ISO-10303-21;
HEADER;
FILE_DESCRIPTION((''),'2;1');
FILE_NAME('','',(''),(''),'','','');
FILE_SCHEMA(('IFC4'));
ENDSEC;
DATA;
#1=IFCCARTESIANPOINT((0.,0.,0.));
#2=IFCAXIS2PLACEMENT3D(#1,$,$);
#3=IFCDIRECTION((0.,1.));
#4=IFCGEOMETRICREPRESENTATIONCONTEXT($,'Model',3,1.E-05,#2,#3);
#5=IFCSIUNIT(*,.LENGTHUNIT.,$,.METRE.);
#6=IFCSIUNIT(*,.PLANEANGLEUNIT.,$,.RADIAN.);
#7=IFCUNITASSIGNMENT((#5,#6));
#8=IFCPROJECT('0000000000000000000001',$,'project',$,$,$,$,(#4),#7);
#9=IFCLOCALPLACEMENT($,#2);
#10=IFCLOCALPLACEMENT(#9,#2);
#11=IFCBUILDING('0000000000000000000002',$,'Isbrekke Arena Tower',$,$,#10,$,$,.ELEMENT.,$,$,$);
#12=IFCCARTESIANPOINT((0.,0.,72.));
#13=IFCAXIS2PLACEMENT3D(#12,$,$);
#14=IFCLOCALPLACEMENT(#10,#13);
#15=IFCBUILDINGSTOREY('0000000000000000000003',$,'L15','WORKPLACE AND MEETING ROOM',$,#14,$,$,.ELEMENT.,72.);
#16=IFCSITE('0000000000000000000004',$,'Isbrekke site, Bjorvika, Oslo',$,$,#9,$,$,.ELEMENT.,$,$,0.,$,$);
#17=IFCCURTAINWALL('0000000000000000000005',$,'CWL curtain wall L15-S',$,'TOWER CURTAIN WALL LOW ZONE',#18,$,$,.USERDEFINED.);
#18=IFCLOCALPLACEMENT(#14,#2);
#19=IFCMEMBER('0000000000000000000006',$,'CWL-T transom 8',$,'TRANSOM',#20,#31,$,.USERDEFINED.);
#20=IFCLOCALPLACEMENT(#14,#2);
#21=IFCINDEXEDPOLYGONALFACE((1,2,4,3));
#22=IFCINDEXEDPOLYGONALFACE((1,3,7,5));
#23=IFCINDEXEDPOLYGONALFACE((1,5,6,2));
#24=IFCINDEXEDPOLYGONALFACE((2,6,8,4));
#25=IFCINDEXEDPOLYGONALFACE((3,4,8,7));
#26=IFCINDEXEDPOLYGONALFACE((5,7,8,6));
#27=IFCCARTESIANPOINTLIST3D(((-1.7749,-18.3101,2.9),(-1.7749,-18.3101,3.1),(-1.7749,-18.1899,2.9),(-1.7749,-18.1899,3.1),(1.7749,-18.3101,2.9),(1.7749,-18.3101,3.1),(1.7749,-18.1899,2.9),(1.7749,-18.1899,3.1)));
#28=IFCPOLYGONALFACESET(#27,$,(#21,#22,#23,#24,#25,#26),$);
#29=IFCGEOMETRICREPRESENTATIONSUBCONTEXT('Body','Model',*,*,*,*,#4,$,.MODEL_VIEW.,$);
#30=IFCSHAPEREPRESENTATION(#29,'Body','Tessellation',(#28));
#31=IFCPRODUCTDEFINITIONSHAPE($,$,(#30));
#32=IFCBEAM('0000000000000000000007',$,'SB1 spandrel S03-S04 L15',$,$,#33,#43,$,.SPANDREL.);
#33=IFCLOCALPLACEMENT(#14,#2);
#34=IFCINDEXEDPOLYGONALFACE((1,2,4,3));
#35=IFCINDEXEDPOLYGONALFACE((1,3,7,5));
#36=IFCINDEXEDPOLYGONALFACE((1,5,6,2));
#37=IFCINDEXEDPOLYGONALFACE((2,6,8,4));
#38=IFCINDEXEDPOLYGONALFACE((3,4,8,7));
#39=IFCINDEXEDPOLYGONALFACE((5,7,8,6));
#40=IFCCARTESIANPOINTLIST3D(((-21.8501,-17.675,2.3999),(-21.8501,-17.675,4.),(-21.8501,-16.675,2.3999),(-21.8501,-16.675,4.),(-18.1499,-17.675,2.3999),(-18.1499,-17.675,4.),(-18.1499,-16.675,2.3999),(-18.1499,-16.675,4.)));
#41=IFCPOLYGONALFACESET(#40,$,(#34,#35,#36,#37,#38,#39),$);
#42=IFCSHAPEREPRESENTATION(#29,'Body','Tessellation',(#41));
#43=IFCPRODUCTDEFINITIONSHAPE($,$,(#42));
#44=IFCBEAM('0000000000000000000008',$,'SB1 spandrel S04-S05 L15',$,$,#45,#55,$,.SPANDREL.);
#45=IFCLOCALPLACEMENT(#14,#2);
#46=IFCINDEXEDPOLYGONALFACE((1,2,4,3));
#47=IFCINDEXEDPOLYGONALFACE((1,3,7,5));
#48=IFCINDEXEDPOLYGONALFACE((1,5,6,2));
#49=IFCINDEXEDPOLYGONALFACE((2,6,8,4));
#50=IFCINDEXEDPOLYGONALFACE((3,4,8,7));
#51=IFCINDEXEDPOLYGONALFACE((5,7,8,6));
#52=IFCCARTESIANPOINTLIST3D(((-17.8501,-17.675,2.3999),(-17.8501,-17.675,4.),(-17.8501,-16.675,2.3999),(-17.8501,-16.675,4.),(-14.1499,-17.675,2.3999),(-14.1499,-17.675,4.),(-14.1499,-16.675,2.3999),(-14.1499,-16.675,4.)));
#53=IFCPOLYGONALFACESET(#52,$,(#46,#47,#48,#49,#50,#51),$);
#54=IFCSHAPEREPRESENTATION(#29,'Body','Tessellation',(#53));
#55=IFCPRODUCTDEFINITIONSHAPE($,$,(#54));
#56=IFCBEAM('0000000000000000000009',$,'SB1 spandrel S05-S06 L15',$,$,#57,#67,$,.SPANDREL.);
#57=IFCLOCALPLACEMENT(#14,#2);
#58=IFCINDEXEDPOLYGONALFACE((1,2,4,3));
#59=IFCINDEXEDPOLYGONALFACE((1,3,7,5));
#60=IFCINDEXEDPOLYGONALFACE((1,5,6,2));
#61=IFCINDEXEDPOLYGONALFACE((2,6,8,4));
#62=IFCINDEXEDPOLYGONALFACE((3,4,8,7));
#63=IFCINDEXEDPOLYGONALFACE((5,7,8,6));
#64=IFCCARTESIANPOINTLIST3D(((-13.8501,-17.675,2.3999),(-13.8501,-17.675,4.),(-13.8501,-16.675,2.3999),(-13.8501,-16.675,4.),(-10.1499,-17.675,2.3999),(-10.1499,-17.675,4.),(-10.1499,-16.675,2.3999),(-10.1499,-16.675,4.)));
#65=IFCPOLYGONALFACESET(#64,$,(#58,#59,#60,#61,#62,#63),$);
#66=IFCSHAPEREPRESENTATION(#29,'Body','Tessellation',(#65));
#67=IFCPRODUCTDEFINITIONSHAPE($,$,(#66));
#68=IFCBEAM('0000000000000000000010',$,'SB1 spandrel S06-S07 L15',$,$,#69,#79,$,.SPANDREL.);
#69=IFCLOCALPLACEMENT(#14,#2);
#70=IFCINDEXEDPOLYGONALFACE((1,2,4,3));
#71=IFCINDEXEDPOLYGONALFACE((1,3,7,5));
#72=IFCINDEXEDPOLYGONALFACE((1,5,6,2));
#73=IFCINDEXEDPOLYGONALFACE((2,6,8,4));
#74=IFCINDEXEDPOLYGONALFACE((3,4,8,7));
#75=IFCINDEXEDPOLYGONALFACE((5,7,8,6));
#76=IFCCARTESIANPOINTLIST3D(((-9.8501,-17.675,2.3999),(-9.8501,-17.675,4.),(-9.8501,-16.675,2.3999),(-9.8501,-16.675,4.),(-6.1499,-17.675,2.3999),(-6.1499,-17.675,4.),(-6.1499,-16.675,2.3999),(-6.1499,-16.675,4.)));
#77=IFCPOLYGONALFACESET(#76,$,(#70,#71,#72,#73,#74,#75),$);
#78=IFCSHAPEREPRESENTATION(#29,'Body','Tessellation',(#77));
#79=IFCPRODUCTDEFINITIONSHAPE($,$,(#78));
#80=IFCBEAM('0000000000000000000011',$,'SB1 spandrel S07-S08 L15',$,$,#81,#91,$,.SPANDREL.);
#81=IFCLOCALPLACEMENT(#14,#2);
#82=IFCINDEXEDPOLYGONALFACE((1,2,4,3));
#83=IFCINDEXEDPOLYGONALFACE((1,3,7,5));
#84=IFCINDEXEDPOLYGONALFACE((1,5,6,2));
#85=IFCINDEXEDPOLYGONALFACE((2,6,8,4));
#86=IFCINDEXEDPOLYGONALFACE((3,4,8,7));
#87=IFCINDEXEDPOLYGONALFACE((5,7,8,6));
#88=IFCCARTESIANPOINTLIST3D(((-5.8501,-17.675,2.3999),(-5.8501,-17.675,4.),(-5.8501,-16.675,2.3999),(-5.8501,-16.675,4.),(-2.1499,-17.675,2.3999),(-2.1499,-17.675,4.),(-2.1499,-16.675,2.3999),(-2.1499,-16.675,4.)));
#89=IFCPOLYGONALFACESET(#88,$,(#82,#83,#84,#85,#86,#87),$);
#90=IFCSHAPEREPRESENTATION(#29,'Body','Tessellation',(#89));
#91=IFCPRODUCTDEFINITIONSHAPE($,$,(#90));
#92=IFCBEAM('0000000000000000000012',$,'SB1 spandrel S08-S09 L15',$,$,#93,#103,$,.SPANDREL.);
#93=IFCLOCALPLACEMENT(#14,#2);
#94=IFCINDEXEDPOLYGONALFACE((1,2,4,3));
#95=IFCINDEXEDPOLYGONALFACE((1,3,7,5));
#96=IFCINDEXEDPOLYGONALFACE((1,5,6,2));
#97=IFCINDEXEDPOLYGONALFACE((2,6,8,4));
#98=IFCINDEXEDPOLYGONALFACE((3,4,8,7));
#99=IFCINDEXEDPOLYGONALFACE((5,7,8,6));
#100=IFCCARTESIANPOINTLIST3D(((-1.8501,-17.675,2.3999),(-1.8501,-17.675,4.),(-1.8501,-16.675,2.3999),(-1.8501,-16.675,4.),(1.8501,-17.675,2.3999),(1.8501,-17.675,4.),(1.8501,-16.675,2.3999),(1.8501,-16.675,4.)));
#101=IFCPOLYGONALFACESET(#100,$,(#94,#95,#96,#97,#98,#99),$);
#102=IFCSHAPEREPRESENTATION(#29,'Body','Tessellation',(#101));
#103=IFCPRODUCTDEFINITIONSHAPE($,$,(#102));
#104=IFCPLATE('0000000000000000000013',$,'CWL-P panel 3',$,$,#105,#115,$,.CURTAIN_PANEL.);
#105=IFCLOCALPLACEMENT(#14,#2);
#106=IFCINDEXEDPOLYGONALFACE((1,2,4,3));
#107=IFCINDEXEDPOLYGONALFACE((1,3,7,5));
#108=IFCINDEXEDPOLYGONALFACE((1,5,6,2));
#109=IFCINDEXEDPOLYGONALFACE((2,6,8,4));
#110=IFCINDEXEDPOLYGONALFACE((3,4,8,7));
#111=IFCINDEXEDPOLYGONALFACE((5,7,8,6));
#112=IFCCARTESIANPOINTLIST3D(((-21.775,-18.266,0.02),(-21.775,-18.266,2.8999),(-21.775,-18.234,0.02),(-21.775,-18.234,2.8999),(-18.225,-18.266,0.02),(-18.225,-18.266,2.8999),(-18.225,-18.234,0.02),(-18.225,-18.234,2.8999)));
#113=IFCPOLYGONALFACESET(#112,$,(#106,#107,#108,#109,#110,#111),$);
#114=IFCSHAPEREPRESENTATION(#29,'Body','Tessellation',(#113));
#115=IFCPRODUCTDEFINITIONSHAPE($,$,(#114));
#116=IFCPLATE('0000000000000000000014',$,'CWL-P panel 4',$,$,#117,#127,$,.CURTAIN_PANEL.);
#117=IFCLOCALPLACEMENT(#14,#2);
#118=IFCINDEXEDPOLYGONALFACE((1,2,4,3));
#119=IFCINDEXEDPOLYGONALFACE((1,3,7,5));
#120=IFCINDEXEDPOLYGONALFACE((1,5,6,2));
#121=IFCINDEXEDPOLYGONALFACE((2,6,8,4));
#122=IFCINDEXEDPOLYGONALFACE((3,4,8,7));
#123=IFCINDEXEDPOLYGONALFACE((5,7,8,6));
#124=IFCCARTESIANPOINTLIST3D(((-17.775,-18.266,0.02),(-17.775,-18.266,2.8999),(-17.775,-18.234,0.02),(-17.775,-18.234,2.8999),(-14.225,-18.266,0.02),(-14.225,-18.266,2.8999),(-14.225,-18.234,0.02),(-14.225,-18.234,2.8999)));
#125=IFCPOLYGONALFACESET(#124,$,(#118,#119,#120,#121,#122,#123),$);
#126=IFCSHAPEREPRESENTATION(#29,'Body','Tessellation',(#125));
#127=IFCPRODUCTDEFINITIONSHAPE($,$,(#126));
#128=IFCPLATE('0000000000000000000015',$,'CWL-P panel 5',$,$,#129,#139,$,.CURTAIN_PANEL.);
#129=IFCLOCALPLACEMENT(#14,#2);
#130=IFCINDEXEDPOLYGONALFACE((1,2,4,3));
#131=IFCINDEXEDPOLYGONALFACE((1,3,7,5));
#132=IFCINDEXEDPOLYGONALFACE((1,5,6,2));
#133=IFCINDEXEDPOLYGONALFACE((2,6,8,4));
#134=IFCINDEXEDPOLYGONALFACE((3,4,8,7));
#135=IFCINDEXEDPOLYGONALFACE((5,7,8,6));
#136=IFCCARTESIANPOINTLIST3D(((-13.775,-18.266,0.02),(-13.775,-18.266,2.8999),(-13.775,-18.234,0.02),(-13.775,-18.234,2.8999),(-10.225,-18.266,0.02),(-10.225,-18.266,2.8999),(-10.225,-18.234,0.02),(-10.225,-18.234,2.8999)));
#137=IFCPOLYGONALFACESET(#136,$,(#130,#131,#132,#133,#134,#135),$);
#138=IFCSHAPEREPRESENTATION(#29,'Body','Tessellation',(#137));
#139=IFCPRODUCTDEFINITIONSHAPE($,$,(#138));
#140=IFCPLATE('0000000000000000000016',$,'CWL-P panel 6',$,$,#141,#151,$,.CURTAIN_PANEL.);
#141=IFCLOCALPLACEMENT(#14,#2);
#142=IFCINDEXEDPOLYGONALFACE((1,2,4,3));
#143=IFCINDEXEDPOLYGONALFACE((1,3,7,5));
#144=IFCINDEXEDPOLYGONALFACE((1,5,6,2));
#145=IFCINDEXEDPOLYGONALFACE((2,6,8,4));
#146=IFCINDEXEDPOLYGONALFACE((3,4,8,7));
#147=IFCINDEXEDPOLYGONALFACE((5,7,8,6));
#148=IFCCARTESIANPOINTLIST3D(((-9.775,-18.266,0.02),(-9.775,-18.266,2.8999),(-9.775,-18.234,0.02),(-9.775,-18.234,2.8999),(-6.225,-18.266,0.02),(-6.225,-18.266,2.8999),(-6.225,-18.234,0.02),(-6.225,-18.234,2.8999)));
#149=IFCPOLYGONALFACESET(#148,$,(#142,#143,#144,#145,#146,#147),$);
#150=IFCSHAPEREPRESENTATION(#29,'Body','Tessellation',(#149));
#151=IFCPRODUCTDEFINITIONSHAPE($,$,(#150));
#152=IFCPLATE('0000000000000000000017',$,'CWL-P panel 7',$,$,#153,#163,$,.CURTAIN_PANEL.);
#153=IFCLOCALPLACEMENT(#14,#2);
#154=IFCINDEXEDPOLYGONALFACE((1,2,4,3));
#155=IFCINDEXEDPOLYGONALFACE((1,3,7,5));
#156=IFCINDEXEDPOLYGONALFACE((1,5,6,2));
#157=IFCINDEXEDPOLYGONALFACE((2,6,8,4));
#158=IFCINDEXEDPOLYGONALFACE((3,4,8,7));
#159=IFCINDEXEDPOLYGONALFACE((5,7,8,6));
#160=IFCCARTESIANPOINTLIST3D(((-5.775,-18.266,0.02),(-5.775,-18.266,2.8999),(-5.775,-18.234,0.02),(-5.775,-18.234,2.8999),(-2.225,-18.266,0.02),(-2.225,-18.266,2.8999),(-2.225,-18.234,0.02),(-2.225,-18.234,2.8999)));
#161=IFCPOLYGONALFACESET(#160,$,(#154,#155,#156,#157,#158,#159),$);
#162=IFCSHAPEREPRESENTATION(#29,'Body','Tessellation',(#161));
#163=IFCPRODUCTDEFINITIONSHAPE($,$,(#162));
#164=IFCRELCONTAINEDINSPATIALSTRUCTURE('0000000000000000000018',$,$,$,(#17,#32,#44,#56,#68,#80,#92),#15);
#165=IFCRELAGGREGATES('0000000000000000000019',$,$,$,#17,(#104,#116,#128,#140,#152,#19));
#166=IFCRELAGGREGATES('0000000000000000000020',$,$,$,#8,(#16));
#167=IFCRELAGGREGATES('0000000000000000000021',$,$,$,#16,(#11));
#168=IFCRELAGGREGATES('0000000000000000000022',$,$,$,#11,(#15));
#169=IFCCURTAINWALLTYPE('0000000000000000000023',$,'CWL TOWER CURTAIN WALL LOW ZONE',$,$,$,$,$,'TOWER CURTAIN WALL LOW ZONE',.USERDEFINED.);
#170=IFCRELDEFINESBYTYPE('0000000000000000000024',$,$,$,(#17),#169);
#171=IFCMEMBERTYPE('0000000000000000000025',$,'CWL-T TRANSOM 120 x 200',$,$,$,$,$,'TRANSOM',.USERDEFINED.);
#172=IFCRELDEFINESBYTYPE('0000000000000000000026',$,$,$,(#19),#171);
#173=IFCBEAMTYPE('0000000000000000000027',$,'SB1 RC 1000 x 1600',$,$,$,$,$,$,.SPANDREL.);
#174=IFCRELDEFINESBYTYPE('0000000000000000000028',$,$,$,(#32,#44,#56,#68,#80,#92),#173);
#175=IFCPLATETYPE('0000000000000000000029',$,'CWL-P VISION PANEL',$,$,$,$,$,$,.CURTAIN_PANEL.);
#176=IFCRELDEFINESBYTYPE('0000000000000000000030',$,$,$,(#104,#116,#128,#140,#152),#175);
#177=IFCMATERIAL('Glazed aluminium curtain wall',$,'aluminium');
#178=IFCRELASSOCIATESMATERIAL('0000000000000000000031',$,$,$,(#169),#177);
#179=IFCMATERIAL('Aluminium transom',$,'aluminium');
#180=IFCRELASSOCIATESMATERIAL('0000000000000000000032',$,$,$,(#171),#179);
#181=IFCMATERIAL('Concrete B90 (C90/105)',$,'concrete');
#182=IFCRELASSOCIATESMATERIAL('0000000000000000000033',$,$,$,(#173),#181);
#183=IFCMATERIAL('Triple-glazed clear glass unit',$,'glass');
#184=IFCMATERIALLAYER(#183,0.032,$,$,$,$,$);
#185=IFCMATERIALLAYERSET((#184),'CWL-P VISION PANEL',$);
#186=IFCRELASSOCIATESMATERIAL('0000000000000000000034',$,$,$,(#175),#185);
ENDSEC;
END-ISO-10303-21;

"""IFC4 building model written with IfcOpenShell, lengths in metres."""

from ifc_helpers import new_model, si_unit, direction, frame, origin, origin_2d, place, context, subcontext, project, spatial, rectangle, extrude, material, layer, layer_set, material_profile, profile_set, type_object, element, aggregate, save


model = new_model("IFC4")

# Units and contexts
model_context = context("Model", 3, precision=1e-05, world=origin(), true_north=direction((0.0, 1.0)))
body_context = subcontext(model_context, "Body", "Model", "MODEL_VIEW")
ifc_project = project(units=[si_unit("LENGTHUNIT", "METRE"), si_unit("PLANEANGLEUNIT", "RADIAN")], contexts=[model_context])

# Site, building, storey
site_placement = place(None, origin())
site = spatial("IfcSite", under=ifc_project, at=site_placement, Name="Isbrekke site, Bjorvika, Oslo", CompositionType="ELEMENT", RefElevation=0.0)
building_placement = place(site_placement, origin())
building = spatial("IfcBuilding", under=site, at=building_placement, Name="Isbrekke Arena Tower", CompositionType="ELEMENT")
storey_placement = place(building_placement, frame((0.0, 0.0, 72.0)))
storey = spatial("IfcBuildingStorey", under=building, at=storey_placement, Name="L15", Description="WORKPLACE AND MEETING ROOM", CompositionType="ELEMENT", Elevation=72.0)

# Curtain wall, member
ifc_material_1 = material(Name="Glazed aluminium curtain wall", Category="aluminium")
curtain_wall_type = type_object("IfcCurtainWallType", Name="CWL TOWER CURTAIN WALL LOW ZONE", ElementType="TOWER CURTAIN WALL LOW ZONE", PredefinedType="USERDEFINED", material=ifc_material_1)
curtain_wall_placement = place(storey_placement, origin())
curtain_wall = element("IfcCurtainWall", 1, at=curtain_wall_placement, inside=storey, type_object=curtain_wall_type, Name="CWL curtain wall L15-S", ObjectType="TOWER CURTAIN WALL LOW ZONE", PredefinedType="USERDEFINED")
ifc_material_2 = material(Name="Aluminium transom", Category="aluminium")
ifc_material_profile_1 = material_profile(ifc_material_2, rectangle(XDim=0.1201, YDim=0.2, at=origin_2d()), Name="TRANSOM 120X200")
ifc_profile_set_1 = profile_set([ifc_material_profile_1], Name="Aluminium transom")
member_type_1 = type_object("IfcMemberType", Name="CWL-T TRANSOM 120 x 200", ElementType="TRANSOM", PredefinedType="USERDEFINED", material=ifc_profile_set_1)
member_1_placement = place(storey_placement, frame((-1.7749, -18.25, 3.0), z_axis=(1.0, 0.0, 0.0), x_axis=(0.0, 1.0, 0.0)))
member_1 = element("IfcMember", 2, at=member_1_placement, type_object=member_type_1, Name="CWL-T transom 8", ObjectType="TRANSOM", PredefinedType="USERDEFINED", context=body_context, shape_type="SweptSolid", body=[
    extrude(rectangle(XDim=0.1201, YDim=0.2, at=origin_2d()), origin(), (0.0, 0.0, 1.0), 3.5498),
])

# Beams
ifc_material_3 = material(Name="Concrete B90 (C90/105)", Category="concrete")
ifc_material_profile_2 = material_profile(ifc_material_3, rectangle(XDim=1.0, YDim=1.6001, at=origin_2d()), Name="RC 1000x1600")
ifc_profile_set_2 = profile_set([ifc_material_profile_2], Name="Concrete B90 (C90/105)")
beam_type = type_object("IfcBeamType", Name="SB1 RC 1000 x 1600", PredefinedType="SPANDREL", material=ifc_profile_set_2)
for number, where, z_axis, x_axis, name in (
    (3, (-21.8501, -17.175, 3.2), (1.0, 0.0, 0.0), (0.0, 1.0, 0.0), "SB1 spandrel S03-S04 L15"),
    (4, (-17.8501, -17.175, 3.2), (1.0, 0.0, 0.0), (0.0, 1.0, 0.0), "SB1 spandrel S04-S05 L15"),
    (5, (-13.8501, -17.175, 3.2), (1.0, 0.0, 0.0), (0.0, 1.0, 0.0), "SB1 spandrel S05-S06 L15"),
    (6, (-9.8501, -17.175, 3.2), (1.0, 0.0, 0.0), (0.0, 1.0, 0.0), "SB1 spandrel S06-S07 L15"),
    (7, (-5.8501, -17.175, 3.2), (1.0, 0.0, 0.0), (0.0, 1.0, 0.0), "SB1 spandrel S07-S08 L15"),
    (8, (-1.8501, -17.175, 3.2), (1.0, 0.0, 0.0), (0.0, 1.0, 0.0), "SB1 spandrel S08-S09 L15"),
):
    element("IfcBeam", number, at=place(storey_placement, frame(where, z_axis=z_axis, x_axis=x_axis)), inside=storey, type_object=beam_type, Name=name, PredefinedType="SPANDREL", context=body_context, shape_type="SweptSolid", body=[
        extrude(rectangle(XDim=1.0, YDim=1.6001, at=origin_2d()), origin(), (0.0, 0.0, 1.0), 3.7002),
    ])

# Plates
ifc_material_4 = material(Name="Triple-glazed clear glass unit", Category="glass")
ifc_layer = layer(ifc_material_4, 0.032)
ifc_layer_set = layer_set([ifc_layer], Name="CWL-P VISION PANEL")
plate_type = type_object("IfcPlateType", Name="CWL-P VISION PANEL", PredefinedType="CURTAIN_PANEL", material=ifc_layer_set)
plate_1_placement = place(storey_placement, frame((-20.0, -18.25, 0.02), z_axis=(0.0, 0.0, 1.0), x_axis=(1.0, 0.0, 0.0)))
plate_1 = element("IfcPlate", 9, at=plate_1_placement, type_object=plate_type, Name="CWL-P panel 3", PredefinedType="CURTAIN_PANEL", context=body_context, shape_type="SweptSolid", body=[
    extrude(rectangle(XDim=3.55, YDim=0.032, at=origin_2d()), origin(), (0.0, 0.0, 1.0), 2.8799),
])
plate_2_placement = place(storey_placement, frame((-16.0, -18.25, 0.02), z_axis=(0.0, 0.0, 1.0), x_axis=(1.0, 0.0, 0.0)))
plate_2 = element("IfcPlate", 10, at=plate_2_placement, type_object=plate_type, Name="CWL-P panel 4", PredefinedType="CURTAIN_PANEL", context=body_context, shape_type="SweptSolid", body=[
    extrude(rectangle(XDim=3.55, YDim=0.032, at=origin_2d()), origin(), (0.0, 0.0, 1.0), 2.8799),
])
plate_3_placement = place(storey_placement, frame((-12.0, -18.25, 0.02), z_axis=(0.0, 0.0, 1.0), x_axis=(1.0, 0.0, 0.0)))
plate_3 = element("IfcPlate", 11, at=plate_3_placement, type_object=plate_type, Name="CWL-P panel 5", PredefinedType="CURTAIN_PANEL", context=body_context, shape_type="SweptSolid", body=[
    extrude(rectangle(XDim=3.55, YDim=0.032, at=origin_2d()), origin(), (0.0, 0.0, 1.0), 2.8799),
])
plate_4_placement = place(storey_placement, frame((-8.0, -18.25, 0.02), z_axis=(0.0, 0.0, 1.0), x_axis=(1.0, 0.0, 0.0)))
plate_4 = element("IfcPlate", 12, at=plate_4_placement, type_object=plate_type, Name="CWL-P panel 6", PredefinedType="CURTAIN_PANEL", context=body_context, shape_type="SweptSolid", body=[
    extrude(rectangle(XDim=3.55, YDim=0.032, at=origin_2d()), origin(), (0.0, 0.0, 1.0), 2.8799),
])
plate_5_placement = place(storey_placement, frame((-4.0, -18.25, 0.02), z_axis=(0.0, 0.0, 1.0), x_axis=(1.0, 0.0, 0.0)))
plate_5 = element("IfcPlate", 13, at=plate_5_placement, type_object=plate_type, Name="CWL-P panel 7", PredefinedType="CURTAIN_PANEL", context=body_context, shape_type="SweptSolid", body=[
    extrude(rectangle(XDim=3.55, YDim=0.032, at=origin_2d()), origin(), (0.0, 0.0, 1.0), 2.8799),
])
aggregate(curtain_wall, [plate_1, plate_2, plate_3, plate_4, plate_5, member_1])

save(model, "model.ifc")
